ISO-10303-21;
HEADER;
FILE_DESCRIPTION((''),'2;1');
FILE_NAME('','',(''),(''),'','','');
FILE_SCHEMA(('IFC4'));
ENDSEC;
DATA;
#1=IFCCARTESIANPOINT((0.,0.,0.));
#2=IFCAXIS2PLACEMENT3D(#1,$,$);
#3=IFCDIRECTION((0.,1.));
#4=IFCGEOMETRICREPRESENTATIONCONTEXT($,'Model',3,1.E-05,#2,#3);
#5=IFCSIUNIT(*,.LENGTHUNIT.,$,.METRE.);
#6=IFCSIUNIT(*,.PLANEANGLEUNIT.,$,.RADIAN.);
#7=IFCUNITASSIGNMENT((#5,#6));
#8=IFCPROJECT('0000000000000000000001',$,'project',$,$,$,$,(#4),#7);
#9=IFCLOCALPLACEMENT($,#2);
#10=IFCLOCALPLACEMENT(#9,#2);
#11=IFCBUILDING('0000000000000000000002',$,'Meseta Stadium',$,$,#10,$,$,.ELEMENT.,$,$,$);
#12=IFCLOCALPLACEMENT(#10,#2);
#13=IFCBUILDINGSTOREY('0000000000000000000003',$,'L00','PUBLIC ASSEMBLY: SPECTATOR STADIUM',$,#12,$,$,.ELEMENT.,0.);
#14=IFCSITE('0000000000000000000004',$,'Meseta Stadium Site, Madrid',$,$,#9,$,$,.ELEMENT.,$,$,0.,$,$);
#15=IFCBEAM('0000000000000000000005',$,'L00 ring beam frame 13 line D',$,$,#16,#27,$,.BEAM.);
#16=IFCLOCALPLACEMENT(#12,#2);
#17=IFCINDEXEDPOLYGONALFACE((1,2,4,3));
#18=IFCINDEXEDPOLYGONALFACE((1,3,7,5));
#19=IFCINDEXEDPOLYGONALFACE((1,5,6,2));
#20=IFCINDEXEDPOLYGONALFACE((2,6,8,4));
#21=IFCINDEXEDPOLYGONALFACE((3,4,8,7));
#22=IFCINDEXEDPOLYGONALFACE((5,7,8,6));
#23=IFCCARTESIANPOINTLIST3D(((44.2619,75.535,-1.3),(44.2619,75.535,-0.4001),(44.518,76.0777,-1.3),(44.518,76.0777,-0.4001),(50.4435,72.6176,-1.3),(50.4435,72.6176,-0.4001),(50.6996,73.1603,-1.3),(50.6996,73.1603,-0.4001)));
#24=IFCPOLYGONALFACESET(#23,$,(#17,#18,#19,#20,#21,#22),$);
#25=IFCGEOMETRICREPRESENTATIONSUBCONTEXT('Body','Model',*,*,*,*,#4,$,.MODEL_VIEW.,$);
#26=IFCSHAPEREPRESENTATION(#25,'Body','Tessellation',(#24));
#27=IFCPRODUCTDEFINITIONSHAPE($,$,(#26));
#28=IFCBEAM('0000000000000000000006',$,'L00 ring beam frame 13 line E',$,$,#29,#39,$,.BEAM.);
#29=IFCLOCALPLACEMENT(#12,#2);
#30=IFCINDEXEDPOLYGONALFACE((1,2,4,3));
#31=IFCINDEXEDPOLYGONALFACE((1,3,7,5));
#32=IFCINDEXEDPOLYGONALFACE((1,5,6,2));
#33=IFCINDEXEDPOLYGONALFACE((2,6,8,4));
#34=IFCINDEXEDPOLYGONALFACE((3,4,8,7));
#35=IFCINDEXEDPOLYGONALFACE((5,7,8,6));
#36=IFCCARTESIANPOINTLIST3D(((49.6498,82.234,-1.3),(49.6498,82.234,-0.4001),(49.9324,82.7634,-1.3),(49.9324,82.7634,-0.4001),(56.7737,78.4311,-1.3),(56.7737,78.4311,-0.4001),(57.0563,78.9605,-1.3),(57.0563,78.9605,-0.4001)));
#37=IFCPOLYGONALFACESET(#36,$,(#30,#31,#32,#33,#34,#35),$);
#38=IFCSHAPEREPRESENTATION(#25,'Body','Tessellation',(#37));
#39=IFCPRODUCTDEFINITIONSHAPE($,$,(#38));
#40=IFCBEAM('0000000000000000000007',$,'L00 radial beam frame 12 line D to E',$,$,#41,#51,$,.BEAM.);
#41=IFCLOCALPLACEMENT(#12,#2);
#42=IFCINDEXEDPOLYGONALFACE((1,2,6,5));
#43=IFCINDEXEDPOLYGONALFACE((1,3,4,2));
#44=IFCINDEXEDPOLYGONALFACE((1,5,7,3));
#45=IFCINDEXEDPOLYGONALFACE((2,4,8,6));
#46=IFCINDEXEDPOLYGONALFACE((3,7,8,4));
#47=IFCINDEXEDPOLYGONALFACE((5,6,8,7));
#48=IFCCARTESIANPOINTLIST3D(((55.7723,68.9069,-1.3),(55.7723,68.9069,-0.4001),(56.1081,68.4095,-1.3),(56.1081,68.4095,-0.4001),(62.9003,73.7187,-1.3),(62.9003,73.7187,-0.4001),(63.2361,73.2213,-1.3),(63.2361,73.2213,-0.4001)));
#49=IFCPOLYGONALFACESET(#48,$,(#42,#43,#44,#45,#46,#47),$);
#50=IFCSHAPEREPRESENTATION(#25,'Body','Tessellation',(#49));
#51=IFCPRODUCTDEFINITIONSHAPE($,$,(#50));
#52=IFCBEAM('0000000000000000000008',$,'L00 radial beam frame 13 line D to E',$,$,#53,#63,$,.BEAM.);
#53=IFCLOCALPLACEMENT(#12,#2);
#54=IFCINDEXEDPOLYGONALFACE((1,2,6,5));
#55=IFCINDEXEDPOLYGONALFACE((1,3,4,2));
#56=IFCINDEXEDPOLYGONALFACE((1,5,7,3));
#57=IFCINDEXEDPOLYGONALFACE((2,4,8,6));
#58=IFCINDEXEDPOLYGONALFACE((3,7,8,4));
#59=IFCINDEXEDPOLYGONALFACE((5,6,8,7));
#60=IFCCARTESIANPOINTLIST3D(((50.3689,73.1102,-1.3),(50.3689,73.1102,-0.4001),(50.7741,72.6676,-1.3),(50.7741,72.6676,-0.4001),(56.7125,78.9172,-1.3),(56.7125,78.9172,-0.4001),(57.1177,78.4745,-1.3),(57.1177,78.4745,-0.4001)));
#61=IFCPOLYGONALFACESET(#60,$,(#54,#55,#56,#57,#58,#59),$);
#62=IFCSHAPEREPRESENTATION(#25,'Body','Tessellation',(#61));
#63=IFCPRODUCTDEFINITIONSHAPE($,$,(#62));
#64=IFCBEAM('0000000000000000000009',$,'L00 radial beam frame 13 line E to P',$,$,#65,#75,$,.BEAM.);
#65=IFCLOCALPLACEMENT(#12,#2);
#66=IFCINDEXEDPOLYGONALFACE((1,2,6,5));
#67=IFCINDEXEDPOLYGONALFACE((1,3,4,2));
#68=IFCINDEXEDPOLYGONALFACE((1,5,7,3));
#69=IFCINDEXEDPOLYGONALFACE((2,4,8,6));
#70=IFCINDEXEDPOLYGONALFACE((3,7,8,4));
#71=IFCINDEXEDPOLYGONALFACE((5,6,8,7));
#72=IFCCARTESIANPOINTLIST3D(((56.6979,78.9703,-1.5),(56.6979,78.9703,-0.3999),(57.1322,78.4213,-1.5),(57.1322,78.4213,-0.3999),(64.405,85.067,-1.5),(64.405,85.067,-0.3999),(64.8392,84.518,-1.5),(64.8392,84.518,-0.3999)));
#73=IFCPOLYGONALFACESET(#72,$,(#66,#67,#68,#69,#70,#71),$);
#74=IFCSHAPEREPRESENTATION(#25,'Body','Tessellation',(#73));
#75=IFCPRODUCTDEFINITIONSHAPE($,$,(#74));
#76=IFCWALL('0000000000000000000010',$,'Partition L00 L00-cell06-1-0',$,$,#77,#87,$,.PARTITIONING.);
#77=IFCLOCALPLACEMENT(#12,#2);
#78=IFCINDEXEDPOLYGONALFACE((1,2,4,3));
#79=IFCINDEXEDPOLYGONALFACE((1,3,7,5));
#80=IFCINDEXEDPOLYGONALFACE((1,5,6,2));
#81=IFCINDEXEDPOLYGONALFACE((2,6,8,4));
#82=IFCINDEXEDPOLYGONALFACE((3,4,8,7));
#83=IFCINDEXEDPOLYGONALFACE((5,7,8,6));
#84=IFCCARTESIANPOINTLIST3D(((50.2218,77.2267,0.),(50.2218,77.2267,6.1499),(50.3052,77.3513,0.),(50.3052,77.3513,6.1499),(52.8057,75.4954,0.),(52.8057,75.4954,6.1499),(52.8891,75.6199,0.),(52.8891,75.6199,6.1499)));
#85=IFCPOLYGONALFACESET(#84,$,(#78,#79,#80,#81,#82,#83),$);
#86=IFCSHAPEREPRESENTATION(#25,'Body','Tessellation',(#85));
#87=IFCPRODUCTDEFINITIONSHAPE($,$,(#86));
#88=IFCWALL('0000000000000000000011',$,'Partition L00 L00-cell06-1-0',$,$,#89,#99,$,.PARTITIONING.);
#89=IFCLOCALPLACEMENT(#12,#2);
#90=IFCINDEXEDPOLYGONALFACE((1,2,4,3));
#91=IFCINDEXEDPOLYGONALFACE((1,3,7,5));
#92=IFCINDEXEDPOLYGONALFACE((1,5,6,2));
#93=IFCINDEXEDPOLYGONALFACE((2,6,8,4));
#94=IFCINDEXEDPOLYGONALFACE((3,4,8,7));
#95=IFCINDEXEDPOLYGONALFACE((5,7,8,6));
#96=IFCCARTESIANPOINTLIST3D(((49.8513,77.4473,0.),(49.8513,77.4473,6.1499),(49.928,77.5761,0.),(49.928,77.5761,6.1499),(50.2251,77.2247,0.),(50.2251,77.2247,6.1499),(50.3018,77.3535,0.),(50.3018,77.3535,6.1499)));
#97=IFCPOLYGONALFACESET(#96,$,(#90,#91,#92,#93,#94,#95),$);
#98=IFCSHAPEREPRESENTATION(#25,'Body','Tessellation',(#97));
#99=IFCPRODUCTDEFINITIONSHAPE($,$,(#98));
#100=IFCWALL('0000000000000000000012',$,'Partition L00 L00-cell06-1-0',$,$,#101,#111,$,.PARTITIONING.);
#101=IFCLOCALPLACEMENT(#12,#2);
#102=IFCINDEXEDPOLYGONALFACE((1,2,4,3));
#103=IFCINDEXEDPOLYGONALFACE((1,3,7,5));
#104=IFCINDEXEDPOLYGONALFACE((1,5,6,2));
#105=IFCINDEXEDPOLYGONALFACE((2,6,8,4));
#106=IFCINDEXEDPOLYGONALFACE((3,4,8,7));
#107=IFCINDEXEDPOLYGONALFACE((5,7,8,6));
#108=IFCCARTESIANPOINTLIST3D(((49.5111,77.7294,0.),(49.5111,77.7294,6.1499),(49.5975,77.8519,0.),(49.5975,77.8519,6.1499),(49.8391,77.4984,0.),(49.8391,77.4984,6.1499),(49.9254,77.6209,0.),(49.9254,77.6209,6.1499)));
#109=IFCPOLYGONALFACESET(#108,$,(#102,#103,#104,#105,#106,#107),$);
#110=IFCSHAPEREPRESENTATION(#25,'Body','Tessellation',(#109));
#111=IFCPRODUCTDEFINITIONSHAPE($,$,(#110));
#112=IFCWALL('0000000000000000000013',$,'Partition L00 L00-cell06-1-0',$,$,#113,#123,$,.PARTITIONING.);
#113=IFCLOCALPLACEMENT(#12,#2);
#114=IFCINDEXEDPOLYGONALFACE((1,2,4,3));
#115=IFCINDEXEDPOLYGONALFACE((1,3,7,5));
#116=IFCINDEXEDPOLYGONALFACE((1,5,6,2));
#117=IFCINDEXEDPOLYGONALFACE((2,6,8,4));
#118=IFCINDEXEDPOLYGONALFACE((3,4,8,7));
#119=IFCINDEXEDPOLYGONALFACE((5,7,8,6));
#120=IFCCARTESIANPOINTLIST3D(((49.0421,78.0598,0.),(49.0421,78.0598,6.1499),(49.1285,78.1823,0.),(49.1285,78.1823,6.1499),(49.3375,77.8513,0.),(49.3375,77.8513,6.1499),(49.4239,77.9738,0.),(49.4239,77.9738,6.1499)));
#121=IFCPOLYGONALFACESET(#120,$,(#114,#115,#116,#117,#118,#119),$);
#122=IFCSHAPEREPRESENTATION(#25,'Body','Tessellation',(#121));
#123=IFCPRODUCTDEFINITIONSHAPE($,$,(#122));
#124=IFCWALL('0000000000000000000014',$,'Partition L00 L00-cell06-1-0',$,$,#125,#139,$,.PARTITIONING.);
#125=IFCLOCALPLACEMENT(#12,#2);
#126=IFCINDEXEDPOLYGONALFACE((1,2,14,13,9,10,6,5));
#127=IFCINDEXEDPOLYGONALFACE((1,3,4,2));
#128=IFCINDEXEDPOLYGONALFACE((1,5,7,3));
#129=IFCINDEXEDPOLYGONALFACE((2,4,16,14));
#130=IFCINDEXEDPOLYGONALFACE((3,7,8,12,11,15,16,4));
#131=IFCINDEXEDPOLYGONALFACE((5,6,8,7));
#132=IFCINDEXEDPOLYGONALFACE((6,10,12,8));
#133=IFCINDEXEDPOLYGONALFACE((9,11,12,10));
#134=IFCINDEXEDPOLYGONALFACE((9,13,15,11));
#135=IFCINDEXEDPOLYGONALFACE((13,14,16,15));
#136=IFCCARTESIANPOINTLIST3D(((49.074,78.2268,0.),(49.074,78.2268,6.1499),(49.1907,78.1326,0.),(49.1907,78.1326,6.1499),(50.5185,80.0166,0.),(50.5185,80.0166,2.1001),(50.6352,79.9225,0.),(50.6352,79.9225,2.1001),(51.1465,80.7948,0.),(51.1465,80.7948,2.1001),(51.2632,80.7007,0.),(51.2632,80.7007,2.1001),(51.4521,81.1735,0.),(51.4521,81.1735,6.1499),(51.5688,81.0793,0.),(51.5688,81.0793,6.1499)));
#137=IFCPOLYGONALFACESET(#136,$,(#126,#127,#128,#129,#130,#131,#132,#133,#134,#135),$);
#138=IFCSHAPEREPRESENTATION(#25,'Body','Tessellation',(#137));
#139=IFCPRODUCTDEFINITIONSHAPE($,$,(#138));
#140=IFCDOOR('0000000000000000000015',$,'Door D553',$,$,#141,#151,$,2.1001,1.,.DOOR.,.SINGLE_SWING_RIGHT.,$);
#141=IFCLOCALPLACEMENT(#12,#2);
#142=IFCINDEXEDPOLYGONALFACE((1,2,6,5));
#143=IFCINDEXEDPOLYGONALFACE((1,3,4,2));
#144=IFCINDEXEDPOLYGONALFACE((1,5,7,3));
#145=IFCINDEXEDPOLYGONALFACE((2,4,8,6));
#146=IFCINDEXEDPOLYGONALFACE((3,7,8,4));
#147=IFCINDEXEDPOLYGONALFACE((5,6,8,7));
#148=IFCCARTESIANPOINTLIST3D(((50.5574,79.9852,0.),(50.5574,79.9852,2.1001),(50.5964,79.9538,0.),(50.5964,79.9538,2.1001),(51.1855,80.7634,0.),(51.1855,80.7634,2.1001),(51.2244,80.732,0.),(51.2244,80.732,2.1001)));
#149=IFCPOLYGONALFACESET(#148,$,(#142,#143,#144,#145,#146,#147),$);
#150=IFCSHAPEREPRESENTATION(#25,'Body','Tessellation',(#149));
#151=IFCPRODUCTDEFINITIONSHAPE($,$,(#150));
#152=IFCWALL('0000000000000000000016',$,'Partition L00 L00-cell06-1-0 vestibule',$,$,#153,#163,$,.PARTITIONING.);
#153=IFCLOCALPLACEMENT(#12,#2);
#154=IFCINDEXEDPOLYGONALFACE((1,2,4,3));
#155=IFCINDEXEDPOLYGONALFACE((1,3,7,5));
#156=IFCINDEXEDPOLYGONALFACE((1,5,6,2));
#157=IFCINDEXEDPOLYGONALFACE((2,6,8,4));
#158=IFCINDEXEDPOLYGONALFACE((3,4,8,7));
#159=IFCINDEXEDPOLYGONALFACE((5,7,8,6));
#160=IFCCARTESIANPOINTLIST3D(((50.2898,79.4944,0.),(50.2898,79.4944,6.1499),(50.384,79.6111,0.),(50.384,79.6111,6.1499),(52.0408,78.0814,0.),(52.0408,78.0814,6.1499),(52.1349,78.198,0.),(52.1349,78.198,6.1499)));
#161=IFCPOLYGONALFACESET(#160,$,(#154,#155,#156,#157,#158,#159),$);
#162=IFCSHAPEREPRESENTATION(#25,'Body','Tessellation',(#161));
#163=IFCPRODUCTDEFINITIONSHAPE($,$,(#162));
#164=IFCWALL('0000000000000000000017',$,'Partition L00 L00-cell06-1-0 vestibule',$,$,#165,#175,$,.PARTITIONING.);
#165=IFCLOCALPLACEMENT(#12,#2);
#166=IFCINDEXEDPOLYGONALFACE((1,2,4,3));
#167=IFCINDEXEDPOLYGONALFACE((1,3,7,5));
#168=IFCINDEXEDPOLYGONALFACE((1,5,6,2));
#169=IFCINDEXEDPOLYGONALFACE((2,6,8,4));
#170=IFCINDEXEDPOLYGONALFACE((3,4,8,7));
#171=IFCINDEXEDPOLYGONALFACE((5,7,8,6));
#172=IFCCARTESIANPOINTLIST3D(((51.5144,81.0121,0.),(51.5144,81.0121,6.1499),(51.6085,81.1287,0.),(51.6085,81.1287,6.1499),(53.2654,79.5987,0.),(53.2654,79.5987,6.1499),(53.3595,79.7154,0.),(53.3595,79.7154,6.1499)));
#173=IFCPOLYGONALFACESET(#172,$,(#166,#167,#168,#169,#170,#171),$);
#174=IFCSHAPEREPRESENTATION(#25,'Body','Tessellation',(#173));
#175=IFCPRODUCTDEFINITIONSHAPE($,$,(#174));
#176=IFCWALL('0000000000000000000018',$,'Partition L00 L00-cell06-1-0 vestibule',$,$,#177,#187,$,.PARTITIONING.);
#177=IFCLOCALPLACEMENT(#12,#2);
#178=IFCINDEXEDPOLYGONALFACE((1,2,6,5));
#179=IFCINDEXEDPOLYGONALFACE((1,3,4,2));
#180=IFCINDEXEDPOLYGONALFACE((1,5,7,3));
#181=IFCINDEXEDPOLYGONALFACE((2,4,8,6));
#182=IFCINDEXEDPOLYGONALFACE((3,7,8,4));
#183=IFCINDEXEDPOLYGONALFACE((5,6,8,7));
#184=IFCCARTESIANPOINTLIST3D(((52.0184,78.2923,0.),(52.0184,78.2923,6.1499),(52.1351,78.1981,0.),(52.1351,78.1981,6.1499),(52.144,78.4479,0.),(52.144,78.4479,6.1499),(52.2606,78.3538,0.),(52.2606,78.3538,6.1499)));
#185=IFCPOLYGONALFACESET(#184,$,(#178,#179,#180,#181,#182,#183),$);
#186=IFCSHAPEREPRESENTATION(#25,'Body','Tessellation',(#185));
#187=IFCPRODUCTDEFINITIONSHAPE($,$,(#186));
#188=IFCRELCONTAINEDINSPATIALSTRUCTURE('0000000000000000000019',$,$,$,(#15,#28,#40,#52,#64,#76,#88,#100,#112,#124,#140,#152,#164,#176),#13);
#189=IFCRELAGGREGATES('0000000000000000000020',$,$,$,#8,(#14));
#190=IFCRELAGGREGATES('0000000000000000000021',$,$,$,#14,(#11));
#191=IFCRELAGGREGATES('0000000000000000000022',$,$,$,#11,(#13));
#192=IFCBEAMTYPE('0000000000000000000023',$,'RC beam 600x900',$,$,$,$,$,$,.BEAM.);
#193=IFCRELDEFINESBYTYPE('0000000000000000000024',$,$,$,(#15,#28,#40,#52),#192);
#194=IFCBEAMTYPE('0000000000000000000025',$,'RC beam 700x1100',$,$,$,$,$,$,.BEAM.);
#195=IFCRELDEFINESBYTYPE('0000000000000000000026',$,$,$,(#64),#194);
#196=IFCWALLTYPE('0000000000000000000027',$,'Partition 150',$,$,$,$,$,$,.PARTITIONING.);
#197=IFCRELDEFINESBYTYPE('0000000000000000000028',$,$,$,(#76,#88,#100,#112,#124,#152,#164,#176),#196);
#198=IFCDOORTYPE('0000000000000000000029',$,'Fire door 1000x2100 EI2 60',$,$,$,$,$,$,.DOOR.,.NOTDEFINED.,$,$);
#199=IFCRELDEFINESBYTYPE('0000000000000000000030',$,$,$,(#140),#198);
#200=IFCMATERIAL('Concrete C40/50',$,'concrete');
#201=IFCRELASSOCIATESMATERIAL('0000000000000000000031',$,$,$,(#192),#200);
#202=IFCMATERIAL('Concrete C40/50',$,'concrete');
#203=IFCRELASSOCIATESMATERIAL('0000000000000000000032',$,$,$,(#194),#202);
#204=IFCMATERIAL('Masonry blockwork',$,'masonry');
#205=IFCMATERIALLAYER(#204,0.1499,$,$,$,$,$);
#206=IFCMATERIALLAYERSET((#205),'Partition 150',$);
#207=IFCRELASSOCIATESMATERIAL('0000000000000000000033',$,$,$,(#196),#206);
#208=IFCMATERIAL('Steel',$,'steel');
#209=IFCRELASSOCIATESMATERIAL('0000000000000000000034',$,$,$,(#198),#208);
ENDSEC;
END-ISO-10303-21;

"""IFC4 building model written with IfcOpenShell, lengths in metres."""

from ifc_helpers import new_model, si_unit, direction, frame, frame_2d, origin, origin_2d, place, context, subcontext, project, spatial, rectangle, extrude, material, layer, layer_set, material_profile, profile_set, type_object, element, fill, save


model = new_model("IFC4")

# Units and contexts
model_context = context("Model", 3, precision=1e-05, world=origin(), true_north=direction((0.0, 1.0)))
body_context = subcontext(model_context, "Body", "Model", "MODEL_VIEW")
ifc_project = project(units=[si_unit("LENGTHUNIT", "METRE"), si_unit("PLANEANGLEUNIT", "RADIAN")], contexts=[model_context])

# Site, building, storey
site_placement = place(None, origin())
site = spatial("IfcSite", under=ifc_project, at=site_placement, Name="Meseta Stadium Site, Madrid", CompositionType="ELEMENT", RefElevation=0.0)
building_placement = place(site_placement, origin())
building = spatial("IfcBuilding", under=site, at=building_placement, Name="Meseta Stadium", CompositionType="ELEMENT")
storey_placement = place(building_placement, origin())
storey = spatial("IfcBuildingStorey", under=building, at=storey_placement, Name="L00", Description="PUBLIC ASSEMBLY: SPECTATOR STADIUM", CompositionType="ELEMENT", Elevation=0.0)

# Beams
ifc_material_1 = material(Name="Concrete C40/50", Category="concrete")
ifc_material_profile_1 = material_profile(ifc_material_1, rectangle(XDim=0.6001, YDim=0.8999, at=origin_2d()), Name="RC 600x900")
ifc_profile_set_1 = profile_set([ifc_material_profile_1], Name="Concrete C40/50")
beam_type_1 = type_object("IfcBeamType", Name="RC beam 600x900", PredefinedType="BEAM", material=ifc_profile_set_1)
beam_1_placement = place(storey_placement, frame((50.5715, 72.8889, -0.8501), z_axis=(-0.904341, 0.426812, 0.0), x_axis=(-0.426812, -0.904341, 0.0)))
element("IfcBeam", 1, at=beam_1_placement, inside=storey, type_object=beam_type_1, Name="L00 ring beam frame 13 line D", PredefinedType="BEAM", context=body_context, shape_type="SweptSolid", body=[
    extrude(rectangle(XDim=0.6001, YDim=0.8999, at=origin_2d()), origin(), (0.0, 0.0, 1.0), 6.8354),
])
beam_2_placement = place(storey_placement, frame((56.915, 78.6958, -0.8501), z_axis=(-0.882173, 0.470926, 0.0), x_axis=(-0.470926, -0.882173, 0.0)))
element("IfcBeam", 2, at=beam_2_placement, inside=storey, type_object=beam_type_1, Name="L00 ring beam frame 13 line E", PredefinedType="BEAM", context=body_context, shape_type="SweptSolid", body=[
    extrude(rectangle(XDim=0.6001, YDim=0.8999, at=origin_2d()), origin(), (0.0, 0.0, 1.0), 8.0754),
])
for number, where, z_axis, x_axis, name in (
    (3, (55.9402, 68.6582, -0.8501), (0.828826, 0.559506, 0.0), (-0.559506, 0.828826, 0.0), "L00 radial beam frame 12 line D to E"),
    (4, (50.5715, 72.8889, -0.8501), (0.737617, 0.675219, 0.0), (-0.675219, 0.737617, 0.0), "L00 radial beam frame 13 line D to E"),
):
    element("IfcBeam", number, at=place(storey_placement, frame(where, z_axis=z_axis, x_axis=x_axis)), inside=storey, type_object=beam_type_1, Name=name, PredefinedType="BEAM", context=body_context, shape_type="SweptSolid", body=[
        extrude(rectangle(XDim=0.6001, YDim=0.8999, at=origin_2d()), origin(), (0.0, 0.0, 1.0), 8.6001),
    ])
ifc_material_2 = material(Name="Concrete C40/50", Category="concrete")
ifc_material_profile_2 = material_profile(ifc_material_2, rectangle(XDim=0.7, YDim=1.1001, at=origin_2d()), Name="RC 700x1100")
ifc_profile_set_2 = profile_set([ifc_material_profile_2], Name="Concrete C40/50")
beam_type_2 = type_object("IfcBeamType", Name="RC beam 700x1100", PredefinedType="BEAM", material=ifc_profile_set_2)
beam_3_placement = place(storey_placement, frame((56.915, 78.6958, -0.95), z_axis=(0.78428, 0.620408, 0.0), x_axis=(-0.620408, 0.78428, 0.0)))
element("IfcBeam", 5, at=beam_3_placement, inside=storey, type_object=beam_type_2, Name="L00 radial beam frame 13 line E to P", PredefinedType="BEAM", context=body_context, shape_type="SweptSolid", body=[
    extrude(rectangle(XDim=0.7, YDim=1.1001, at=origin_2d()), origin(), (0.0, 0.0, 1.0), 9.8269),
])

# Walls
ifc_material_3 = material(Name="Masonry blockwork", Category="masonry")
ifc_layer = layer(ifc_material_3, 0.1499)
ifc_layer_set = layer_set([ifc_layer], Name="Partition 150")
wall_type = type_object("IfcWallType", Name="Partition 150", PredefinedType="PARTITIONING", material=ifc_layer_set)
wall_1_placement = place(storey_placement, frame((52.8474, 75.5576, 0.0), z_axis=(0.0, 0.0, 1.0), x_axis=(-0.830744, 0.556655, 0.0)))
element("IfcWall", 6, at=wall_1_placement, inside=storey, type_object=wall_type, Name="Partition L00 L00-cell06-1-0", PredefinedType="PARTITIONING", context=body_context, shape_type="SweptSolid", body=[
    extrude(rectangle(XDim=3.1104, YDim=0.1499, at=frame_2d((1.5552, 0.0))), origin(), (0.0, 0.0, 1.0), 6.1499),
])
wall_2_placement = place(storey_placement, frame((50.2634, 77.2891, 0.0), z_axis=(0.0, 0.0, 1.0), x_axis=(-0.859123, 0.51177, 0.0)))
element("IfcWall", 7, at=wall_2_placement, inside=storey, type_object=wall_type, Name="Partition L00 L00-cell06-1-0", PredefinedType="PARTITIONING", context=body_context, shape_type="SweptSolid", body=[
    extrude(rectangle(XDim=0.4351, YDim=0.1499, at=frame_2d((0.2175, 0.0))), origin(), (0.0, 0.0, 1.0), 6.1499),
])
wall_3_placement = place(storey_placement, frame((49.8823, 77.5596, 0.0), z_axis=(0.0, 0.0, 1.0), x_axis=(-0.817541, 0.57587, 0.0)))
element("IfcWall", 8, at=wall_3_placement, inside=storey, type_object=wall_type, Name="Partition L00 L00-cell06-1-0", PredefinedType="PARTITIONING", context=body_context, shape_type="SweptSolid", body=[
    extrude(rectangle(XDim=0.4011, YDim=0.1499, at=frame_2d((0.2007, 0.0))), origin(), (0.0, 0.0, 1.0), 6.1499),
])
wall_4_placement = place(storey_placement, frame((49.3806, 77.9126, 0.0), z_axis=(0.0, 0.0, 1.0), x_axis=(-0.817005, 0.57663, 0.0)))
element("IfcWall", 9, at=wall_4_placement, inside=storey, type_object=wall_type, Name="Partition L00 L00-cell06-1-0", PredefinedType="PARTITIONING", context=body_context, shape_type="SweptSolid", body=[
    extrude(rectangle(XDim=0.3616, YDim=0.1499, at=frame_2d((0.1807, 0.0))), origin(), (0.0, 0.0, 1.0), 6.1499),
])

# Wall, opening, door
wall_5_placement = place(storey_placement, frame((49.1323, 78.1797, 0.0), z_axis=(0.0, 0.0, 1.0), x_axis=(0.628031, 0.778188, 0.0)))
wall_5 = element("IfcWall", 10, at=wall_5_placement, inside=storey, type_object=wall_type, Name="Partition L00 L00-cell06-1-0", PredefinedType="PARTITIONING", context=body_context, shape_type="SweptSolid", body=[
    extrude(rectangle(XDim=3.7866, YDim=0.1499, at=frame_2d((1.8933, 0.0))), origin(), (0.0, 0.0, 1.0), 6.1499),
])
opening_1_placement = place(wall_5_placement, frame((2.3, 0.0, 0.0)))
opening_1 = element("IfcOpeningElement", 11, at=opening_1_placement, cuts=wall_5, PredefinedType="OPENING", context=body_context, shape_type="SweptSolid", body=[
    extrude(rectangle(XDim=1.0, YDim=2.1001, at=frame_2d((0.5, 1.05))), frame((0.0, 0.085, 0.0), z_axis=(0.0, -1.0, 0.0), x_axis=(1.0, 0.0, 0.0)), (0.0, 0.0, 1.0), 0.1699),
])
ifc_material_4 = material(Name="Steel", Category="steel")
door_type_1 = type_object("IfcDoorType", Name="Fire door 1000x2100 EI2 60", OperationType="NOTDEFINED", PredefinedType="DOOR", material=ifc_material_4)
door_1_placement = place(opening_1_placement, origin())
door_1 = element("IfcDoor", 12, at=door_1_placement, inside=storey, type_object=door_type_1, Name="Door D553", OperationType="SINGLE_SWING_RIGHT", OverallHeight=2.1001, OverallWidth=1.0, PredefinedType="DOOR", context=body_context, shape_type="SweptSolid", body=[
    extrude(rectangle(XDim=1.0, YDim=2.1001, at=frame_2d((0.5, 1.05))), frame((0.0, 0.0249, 0.0), z_axis=(0.0, -1.0, 0.0), x_axis=(1.0, 0.0, 0.0)), (0.0, 0.0, 1.0), 0.05),
])
fill(opening_1, door_1)

# Walls
wall_6_placement = place(storey_placement, frame((50.3369, 79.5527, 0.0), z_axis=(0.0, 0.0, 1.0), x_axis=(0.778194, -0.628024, 0.0)))
element("IfcWall", 13, at=wall_6_placement, inside=storey, type_object=wall_type, Name="Partition L00 L00-cell06-1-0 vestibule", PredefinedType="PARTITIONING", context=body_context, shape_type="SweptSolid", body=[
    extrude(rectangle(XDim=2.25, YDim=0.1499, at=frame_2d((1.125, 0.0))), origin(), (0.0, 0.0, 1.0), 6.1499),
])
wall_7_placement = place(storey_placement, frame((51.5615, 81.0703, 0.0), z_axis=(0.0, 0.0, 1.0), x_axis=(0.778141, -0.62809, 0.0)))
element("IfcWall", 14, at=wall_7_placement, inside=storey, type_object=wall_type, Name="Partition L00 L00-cell06-1-0 vestibule", PredefinedType="PARTITIONING", context=body_context, shape_type="SweptSolid", body=[
    extrude(rectangle(XDim=2.2502, YDim=0.1499, at=frame_2d((1.125, 0.0))), origin(), (0.0, 0.0, 1.0), 6.1499),
])
wall_8_placement = place(storey_placement, frame((52.0767, 78.2451, 0.0), z_axis=(0.0, 0.0, 1.0), x_axis=(0.627967, 0.77824, 0.0)))
element("IfcWall", 15, at=wall_8_placement, inside=storey, type_object=wall_type, Name="Partition L00 L00-cell06-1-0 vestibule", PredefinedType="PARTITIONING", context=body_context, shape_type="SweptSolid", body=[
    extrude(rectangle(XDim=0.2, YDim=0.1499, at=frame_2d((0.1001, 0.0))), origin(), (0.0, 0.0, 1.0), 6.1499),
])

save(model, "model.ifc")
